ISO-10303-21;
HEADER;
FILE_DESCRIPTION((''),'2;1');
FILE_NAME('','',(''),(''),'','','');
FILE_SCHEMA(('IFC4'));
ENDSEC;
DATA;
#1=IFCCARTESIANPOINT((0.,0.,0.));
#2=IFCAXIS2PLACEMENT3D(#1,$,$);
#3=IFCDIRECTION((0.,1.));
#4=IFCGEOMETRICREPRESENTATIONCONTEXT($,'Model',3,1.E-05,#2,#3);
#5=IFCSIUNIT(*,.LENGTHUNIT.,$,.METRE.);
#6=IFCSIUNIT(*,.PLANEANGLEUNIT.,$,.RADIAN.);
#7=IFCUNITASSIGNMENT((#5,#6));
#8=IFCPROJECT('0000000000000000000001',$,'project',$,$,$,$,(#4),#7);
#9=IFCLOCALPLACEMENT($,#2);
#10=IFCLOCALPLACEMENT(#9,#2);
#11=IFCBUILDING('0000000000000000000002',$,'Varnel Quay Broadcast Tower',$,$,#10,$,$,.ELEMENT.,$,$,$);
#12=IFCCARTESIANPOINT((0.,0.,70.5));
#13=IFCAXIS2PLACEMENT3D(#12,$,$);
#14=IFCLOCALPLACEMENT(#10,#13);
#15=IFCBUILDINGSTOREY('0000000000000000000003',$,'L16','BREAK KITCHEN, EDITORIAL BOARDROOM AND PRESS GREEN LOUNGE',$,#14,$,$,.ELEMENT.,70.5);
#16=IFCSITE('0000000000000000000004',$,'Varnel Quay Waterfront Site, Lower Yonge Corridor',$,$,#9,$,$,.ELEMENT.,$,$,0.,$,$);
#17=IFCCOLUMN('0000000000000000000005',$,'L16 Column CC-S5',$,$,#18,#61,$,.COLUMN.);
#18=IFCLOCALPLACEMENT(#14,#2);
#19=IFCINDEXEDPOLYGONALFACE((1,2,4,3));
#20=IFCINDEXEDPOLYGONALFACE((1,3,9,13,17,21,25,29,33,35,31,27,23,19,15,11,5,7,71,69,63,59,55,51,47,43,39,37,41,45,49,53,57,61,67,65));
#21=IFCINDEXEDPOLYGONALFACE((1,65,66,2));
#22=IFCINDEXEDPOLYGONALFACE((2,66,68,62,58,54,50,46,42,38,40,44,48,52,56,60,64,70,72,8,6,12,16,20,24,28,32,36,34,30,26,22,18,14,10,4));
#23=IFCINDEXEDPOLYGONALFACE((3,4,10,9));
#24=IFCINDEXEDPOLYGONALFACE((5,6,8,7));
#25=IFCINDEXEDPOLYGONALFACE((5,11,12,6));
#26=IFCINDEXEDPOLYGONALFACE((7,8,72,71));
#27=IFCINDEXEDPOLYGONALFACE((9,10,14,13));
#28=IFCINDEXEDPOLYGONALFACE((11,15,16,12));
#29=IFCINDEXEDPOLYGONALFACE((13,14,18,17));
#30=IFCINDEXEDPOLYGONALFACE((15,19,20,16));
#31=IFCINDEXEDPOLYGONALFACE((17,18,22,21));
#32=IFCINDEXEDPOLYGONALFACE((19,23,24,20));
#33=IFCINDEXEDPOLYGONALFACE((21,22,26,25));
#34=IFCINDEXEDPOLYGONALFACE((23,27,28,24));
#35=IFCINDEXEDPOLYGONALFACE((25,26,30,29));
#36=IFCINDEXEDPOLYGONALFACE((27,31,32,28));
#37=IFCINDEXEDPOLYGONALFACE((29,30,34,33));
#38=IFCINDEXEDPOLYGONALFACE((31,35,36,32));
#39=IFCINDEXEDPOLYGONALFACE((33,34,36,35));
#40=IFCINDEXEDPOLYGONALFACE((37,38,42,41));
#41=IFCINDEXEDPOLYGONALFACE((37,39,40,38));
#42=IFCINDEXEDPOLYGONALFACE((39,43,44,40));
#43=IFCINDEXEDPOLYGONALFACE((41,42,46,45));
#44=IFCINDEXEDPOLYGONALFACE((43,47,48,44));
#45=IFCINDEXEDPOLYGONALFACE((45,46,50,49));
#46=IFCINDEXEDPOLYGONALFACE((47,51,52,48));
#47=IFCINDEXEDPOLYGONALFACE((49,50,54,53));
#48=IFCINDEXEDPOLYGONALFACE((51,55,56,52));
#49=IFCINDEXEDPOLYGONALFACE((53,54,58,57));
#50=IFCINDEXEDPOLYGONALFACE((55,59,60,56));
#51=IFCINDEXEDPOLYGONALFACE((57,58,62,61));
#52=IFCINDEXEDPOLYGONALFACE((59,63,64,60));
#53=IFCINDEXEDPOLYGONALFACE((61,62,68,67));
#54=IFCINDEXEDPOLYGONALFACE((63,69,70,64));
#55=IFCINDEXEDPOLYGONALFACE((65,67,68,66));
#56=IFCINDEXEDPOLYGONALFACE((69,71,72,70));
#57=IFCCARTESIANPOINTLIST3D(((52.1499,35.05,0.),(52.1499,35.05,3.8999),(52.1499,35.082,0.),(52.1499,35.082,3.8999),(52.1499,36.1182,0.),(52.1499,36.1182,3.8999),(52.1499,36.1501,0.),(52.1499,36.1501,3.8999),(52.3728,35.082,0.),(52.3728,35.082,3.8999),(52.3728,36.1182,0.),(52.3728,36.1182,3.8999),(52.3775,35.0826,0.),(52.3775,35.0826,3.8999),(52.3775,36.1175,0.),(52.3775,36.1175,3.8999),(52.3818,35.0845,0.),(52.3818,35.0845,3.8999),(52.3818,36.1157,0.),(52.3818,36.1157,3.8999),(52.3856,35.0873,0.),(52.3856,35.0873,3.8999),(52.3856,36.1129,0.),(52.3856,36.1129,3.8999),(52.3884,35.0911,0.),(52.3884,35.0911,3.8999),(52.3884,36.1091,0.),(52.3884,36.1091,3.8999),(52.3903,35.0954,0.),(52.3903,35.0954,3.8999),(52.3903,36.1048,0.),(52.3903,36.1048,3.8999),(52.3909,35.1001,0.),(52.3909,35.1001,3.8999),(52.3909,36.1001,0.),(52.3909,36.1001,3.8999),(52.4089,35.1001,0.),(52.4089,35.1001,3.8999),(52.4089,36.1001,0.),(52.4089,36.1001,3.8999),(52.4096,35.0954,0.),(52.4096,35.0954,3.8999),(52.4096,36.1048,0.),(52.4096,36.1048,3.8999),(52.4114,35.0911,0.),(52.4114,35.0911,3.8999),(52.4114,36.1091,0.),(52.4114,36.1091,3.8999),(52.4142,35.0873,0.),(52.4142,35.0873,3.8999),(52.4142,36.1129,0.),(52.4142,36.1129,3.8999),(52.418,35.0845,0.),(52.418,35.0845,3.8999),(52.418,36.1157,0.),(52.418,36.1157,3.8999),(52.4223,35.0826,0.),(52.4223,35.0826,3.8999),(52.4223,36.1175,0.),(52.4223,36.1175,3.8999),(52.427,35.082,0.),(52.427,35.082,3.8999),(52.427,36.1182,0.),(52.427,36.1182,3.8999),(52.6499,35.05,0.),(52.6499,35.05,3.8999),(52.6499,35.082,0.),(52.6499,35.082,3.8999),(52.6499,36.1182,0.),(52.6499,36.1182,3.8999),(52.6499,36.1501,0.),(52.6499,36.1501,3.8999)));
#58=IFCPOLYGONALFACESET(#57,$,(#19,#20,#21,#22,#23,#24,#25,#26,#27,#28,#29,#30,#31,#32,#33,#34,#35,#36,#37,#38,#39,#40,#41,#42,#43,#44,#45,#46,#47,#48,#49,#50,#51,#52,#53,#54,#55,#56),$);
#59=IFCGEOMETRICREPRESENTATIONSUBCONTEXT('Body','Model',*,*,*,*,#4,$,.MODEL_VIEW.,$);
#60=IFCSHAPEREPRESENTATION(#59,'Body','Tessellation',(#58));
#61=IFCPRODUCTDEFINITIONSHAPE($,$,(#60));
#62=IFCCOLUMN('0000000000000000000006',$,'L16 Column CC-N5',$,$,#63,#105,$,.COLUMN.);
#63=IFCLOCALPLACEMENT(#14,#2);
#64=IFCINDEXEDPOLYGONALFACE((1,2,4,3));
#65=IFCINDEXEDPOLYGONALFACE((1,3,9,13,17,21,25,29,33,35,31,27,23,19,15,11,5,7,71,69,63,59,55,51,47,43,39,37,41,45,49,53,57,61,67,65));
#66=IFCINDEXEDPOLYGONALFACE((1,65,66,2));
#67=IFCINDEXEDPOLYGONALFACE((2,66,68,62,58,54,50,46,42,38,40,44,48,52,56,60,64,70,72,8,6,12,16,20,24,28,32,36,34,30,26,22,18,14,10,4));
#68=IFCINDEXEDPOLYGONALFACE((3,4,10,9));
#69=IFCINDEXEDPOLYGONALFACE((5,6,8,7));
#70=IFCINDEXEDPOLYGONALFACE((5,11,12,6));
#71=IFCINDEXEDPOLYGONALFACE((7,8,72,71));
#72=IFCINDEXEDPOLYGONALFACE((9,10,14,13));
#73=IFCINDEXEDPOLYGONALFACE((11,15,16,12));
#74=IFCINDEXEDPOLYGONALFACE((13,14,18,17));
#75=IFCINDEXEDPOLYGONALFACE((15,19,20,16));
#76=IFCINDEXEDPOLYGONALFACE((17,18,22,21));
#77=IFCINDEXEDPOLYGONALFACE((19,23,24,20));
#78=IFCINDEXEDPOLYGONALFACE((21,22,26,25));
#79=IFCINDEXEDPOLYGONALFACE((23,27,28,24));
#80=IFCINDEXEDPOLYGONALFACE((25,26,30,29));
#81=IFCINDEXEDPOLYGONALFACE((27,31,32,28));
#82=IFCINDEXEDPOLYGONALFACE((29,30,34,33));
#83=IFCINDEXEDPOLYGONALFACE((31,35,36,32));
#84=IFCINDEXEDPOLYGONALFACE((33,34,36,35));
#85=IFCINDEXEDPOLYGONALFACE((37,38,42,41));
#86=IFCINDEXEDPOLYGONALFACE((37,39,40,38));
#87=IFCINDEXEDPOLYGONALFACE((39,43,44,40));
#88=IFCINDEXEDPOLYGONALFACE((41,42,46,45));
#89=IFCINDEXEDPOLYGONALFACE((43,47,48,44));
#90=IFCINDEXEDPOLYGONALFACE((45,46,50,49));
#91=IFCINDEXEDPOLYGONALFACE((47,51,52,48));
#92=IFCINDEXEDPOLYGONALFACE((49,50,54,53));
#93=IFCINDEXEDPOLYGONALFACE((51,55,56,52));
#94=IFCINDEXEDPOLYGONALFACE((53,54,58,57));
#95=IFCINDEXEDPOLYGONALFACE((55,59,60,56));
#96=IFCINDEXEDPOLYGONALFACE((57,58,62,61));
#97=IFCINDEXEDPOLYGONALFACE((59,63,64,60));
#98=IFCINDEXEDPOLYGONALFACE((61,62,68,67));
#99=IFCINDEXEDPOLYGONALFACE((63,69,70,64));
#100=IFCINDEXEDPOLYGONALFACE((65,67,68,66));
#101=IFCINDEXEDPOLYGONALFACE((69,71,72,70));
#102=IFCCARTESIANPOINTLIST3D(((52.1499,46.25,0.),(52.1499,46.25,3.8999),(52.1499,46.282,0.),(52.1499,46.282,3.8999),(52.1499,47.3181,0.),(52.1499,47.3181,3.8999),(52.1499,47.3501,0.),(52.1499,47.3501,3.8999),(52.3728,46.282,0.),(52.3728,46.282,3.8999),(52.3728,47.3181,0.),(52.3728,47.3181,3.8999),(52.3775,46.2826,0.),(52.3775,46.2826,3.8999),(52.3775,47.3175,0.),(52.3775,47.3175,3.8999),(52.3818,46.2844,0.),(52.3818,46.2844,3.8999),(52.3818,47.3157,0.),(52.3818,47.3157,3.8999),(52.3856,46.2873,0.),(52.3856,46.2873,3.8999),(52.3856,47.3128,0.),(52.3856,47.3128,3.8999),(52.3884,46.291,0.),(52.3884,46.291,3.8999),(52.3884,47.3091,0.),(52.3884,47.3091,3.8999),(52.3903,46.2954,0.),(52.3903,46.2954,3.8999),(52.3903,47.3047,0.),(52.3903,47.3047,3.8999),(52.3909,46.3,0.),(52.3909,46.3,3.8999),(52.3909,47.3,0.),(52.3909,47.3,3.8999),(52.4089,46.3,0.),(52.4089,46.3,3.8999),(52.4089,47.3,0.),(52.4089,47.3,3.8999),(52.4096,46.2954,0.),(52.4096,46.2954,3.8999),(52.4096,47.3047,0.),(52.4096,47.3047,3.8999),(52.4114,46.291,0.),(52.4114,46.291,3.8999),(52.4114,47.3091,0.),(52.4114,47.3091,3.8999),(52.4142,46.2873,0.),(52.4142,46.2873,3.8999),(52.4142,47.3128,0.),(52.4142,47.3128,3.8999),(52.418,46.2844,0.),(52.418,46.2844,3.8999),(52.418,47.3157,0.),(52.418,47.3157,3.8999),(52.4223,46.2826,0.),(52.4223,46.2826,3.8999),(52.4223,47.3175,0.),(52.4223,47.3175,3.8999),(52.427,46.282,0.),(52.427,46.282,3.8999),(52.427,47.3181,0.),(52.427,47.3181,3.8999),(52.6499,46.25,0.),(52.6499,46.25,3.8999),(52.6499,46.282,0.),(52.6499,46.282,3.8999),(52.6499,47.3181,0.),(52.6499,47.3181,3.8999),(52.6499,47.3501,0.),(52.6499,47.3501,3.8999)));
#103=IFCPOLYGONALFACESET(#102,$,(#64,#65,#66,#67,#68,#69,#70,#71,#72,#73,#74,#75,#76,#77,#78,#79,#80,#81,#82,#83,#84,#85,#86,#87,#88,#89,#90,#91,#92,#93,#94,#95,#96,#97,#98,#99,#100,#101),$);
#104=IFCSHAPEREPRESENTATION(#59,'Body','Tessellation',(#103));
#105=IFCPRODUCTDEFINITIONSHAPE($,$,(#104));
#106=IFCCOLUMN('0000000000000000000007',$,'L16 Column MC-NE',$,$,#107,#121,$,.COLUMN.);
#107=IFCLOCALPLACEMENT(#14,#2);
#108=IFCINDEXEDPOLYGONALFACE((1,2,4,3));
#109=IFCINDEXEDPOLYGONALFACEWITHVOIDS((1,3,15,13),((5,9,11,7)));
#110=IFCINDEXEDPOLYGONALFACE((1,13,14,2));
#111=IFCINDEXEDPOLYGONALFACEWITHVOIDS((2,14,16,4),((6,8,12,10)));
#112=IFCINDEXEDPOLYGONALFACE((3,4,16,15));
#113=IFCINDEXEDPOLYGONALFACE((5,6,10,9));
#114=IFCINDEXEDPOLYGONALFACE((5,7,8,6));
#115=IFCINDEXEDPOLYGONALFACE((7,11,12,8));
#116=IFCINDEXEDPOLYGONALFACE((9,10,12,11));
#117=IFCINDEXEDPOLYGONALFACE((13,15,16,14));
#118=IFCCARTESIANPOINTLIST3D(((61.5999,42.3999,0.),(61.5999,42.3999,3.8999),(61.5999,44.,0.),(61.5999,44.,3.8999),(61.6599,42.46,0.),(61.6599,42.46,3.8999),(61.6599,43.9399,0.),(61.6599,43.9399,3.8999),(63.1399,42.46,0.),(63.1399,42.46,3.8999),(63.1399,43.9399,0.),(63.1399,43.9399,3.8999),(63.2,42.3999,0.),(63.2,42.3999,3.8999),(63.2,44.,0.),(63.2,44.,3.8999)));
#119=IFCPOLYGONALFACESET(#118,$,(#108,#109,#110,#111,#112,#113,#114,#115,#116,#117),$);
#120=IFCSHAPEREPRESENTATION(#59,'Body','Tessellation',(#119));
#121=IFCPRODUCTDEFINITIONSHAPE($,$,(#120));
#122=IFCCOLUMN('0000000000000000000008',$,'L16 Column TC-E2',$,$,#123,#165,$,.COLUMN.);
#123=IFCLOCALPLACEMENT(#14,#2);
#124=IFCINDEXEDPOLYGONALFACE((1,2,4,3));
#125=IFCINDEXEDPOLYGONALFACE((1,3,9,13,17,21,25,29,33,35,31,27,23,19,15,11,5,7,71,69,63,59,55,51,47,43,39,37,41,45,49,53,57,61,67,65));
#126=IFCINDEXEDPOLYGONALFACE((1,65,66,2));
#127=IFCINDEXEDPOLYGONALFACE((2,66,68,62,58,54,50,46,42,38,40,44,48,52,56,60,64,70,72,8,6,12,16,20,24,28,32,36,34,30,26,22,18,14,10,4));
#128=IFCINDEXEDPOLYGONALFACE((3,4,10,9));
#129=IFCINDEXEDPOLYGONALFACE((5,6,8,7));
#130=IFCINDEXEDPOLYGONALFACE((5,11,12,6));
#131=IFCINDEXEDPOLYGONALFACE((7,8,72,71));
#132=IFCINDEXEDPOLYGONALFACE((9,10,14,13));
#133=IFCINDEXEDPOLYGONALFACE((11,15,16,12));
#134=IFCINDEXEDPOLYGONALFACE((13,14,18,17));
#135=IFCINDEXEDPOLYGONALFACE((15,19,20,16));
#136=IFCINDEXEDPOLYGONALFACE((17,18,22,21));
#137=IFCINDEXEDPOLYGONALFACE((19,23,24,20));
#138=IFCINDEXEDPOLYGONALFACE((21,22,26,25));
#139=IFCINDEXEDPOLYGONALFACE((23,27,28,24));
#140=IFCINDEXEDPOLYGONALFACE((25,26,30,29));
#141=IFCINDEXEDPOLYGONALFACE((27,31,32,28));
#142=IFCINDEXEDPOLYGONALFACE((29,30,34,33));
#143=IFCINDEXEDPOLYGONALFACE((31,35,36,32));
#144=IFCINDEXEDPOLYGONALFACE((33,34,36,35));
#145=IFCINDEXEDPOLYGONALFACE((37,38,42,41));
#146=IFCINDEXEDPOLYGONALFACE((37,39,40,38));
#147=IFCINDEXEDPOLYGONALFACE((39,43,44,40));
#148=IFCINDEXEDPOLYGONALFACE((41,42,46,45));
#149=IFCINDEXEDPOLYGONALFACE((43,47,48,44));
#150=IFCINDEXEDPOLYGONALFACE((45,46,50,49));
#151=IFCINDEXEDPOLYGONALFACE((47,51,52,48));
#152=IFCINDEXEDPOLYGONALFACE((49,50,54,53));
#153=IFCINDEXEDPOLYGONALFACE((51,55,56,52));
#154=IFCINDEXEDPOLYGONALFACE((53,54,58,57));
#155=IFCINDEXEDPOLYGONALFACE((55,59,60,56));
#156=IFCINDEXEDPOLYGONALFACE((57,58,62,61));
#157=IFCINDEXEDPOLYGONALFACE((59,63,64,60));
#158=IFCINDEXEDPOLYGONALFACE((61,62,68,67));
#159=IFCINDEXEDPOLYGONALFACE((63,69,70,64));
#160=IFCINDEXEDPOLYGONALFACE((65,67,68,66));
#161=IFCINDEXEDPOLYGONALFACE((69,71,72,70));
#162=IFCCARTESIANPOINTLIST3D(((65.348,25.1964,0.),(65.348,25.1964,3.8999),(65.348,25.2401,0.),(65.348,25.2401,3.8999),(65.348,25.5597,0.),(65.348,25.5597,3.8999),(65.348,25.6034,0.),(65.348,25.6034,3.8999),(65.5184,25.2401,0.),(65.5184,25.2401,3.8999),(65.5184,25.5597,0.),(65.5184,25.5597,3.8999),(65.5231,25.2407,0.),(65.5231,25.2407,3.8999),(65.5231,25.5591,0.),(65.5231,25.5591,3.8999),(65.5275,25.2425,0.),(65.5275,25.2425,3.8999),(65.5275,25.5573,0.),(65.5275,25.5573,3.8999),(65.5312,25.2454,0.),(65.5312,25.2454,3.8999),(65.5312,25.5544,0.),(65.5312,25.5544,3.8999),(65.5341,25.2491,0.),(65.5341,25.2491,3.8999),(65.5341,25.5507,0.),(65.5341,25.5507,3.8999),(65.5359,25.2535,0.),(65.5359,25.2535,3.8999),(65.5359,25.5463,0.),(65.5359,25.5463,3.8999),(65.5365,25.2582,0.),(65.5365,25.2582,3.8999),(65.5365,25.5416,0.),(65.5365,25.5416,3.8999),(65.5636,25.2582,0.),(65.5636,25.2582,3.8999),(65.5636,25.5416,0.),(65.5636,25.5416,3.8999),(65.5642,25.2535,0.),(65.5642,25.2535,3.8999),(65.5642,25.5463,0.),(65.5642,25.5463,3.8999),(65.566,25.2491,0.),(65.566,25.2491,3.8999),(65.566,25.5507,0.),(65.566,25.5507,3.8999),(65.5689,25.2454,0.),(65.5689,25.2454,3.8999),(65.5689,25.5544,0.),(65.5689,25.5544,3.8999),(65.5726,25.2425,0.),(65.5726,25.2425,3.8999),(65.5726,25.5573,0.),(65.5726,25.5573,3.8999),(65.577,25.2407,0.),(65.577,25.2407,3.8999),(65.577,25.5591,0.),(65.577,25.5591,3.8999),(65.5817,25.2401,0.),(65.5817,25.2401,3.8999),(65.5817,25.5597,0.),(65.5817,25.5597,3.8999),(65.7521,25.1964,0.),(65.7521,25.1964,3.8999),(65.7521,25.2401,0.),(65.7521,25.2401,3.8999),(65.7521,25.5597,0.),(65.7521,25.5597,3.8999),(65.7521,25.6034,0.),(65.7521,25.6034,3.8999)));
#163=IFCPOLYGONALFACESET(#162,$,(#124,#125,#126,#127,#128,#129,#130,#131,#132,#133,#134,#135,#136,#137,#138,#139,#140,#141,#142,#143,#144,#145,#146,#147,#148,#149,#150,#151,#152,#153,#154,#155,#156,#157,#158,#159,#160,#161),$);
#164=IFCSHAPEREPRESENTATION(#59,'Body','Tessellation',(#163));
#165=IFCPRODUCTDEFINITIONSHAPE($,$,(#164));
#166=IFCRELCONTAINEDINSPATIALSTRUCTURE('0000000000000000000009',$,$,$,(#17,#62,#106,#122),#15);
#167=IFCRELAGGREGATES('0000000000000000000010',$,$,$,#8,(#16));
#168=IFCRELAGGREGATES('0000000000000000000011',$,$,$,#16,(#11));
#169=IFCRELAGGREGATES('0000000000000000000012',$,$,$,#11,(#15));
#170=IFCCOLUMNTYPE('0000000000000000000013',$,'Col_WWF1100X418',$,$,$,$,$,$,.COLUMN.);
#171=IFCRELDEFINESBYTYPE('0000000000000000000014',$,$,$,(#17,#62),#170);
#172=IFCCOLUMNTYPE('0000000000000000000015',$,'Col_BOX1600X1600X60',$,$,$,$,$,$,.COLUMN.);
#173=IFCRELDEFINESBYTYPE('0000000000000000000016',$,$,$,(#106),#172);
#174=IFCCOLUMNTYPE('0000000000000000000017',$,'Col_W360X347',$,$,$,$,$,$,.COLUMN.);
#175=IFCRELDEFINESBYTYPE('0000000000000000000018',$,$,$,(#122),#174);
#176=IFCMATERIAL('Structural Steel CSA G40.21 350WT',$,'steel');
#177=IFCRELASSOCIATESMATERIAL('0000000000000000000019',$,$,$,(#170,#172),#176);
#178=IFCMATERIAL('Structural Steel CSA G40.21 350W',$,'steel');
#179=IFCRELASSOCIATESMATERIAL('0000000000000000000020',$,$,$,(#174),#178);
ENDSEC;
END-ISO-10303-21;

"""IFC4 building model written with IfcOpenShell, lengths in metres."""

from ifc_helpers import new_model, si_unit, direction, frame, origin, origin_2d, place, context, subcontext, project, spatial, hollow_rectangle, i_section, extrude, source, transform, mapped, material, material_profile, profile_set, type_object, type_shapes, element, save


model = new_model("IFC4")

# Units and contexts
model_context = context("Model", 3, precision=1e-05, world=origin(), true_north=direction((0.0, 1.0)))
body_context = subcontext(model_context, "Body", "Model", "MODEL_VIEW")
ifc_project = project(units=[si_unit("LENGTHUNIT", "METRE"), si_unit("PLANEANGLEUNIT", "RADIAN")], contexts=[model_context])

# Site, building, storey
site_placement = place(None, origin())
site = spatial("IfcSite", under=ifc_project, at=site_placement, Name="Varnel Quay Waterfront Site, Lower Yonge Corridor", CompositionType="ELEMENT", RefElevation=0.0)
building_placement = place(site_placement, origin())
building = spatial("IfcBuilding", under=site, at=building_placement, Name="Varnel Quay Broadcast Tower", CompositionType="ELEMENT")
storey_placement = place(building_placement, frame((0.0, 0.0, 70.5)))
storey = spatial("IfcBuildingStorey", under=building, at=storey_placement, Name="L16", Description="BREAK KITCHEN, EDITORIAL BOARDROOM AND PRESS GREEN LOUNGE", CompositionType="ELEMENT", Elevation=70.5)

# Columns
ifc_material_1 = material(Name="Structural Steel CSA G40.21 350WT", Category="steel")
ifc_material_profile_1 = material_profile(ifc_material_1, i_section(OverallWidth=0.5, OverallDepth=1.1001, WebThickness=0.0181, FlangeThickness=0.032, FilletRadius=0.0181, at=origin_2d()), Name="WWF1100X418")
ifc_profile_set_1 = profile_set([ifc_material_profile_1], Name="Structural Steel CSA G40.21 350WT")
column_type_1 = type_object("IfcColumnType", Name="Col_WWF1100X418", PredefinedType="COLUMN", material=ifc_profile_set_1)
shared_shape_1 = source(origin(), body_context, "Body", "SweptSolid", [
    extrude(i_section(OverallWidth=0.5, OverallDepth=1.1001, WebThickness=0.0181, FlangeThickness=0.032, FilletRadius=0.0181, at=origin_2d()), origin(), (0.0, 0.0, 1.0), 3.8999),
])
type_shapes(column_type_1, [shared_shape_1])
for number, where, z_axis, x_axis, name in (
    (1, (52.3999, 35.6001, 0.0), (0.0, 0.0, 1.0), (1.0, 0.0, 0.0), "L16 Column CC-S5"),
    (2, (52.3999, 46.8, 0.0), (0.0, 0.0, 1.0), (1.0, 0.0, 0.0), "L16 Column CC-N5"),
):
    element("IfcColumn", number, at=place(storey_placement, frame(where, z_axis=z_axis, x_axis=x_axis)), inside=storey, type_object=column_type_1, Name=name, PredefinedType="COLUMN", context=body_context, shape_type="MappedRepresentation", body=[
        mapped(shared_shape_1, transform((0.0, 0.0, 0.0), x_axis=(1.0, 0.0, 0.0), y_axis=(0.0, 1.0, 0.0), z_axis=(0.0, 0.0, 1.0), scale=1.0)),
    ])
ifc_material_profile_2 = material_profile(ifc_material_1, hollow_rectangle(XDim=1.6001, YDim=1.6001, WallThickness=0.0601, at=origin_2d()), Name="BOX1600X1600X60")
ifc_profile_set_2 = profile_set([ifc_material_profile_2], Name="Structural Steel CSA G40.21 350WT")
column_type_2 = type_object("IfcColumnType", Name="Col_BOX1600X1600X60", PredefinedType="COLUMN", material=ifc_profile_set_2)
shared_shape_2 = source(origin(), body_context, "Body", "SweptSolid", [
    extrude(hollow_rectangle(XDim=1.6001, YDim=1.6001, WallThickness=0.0601, at=origin_2d()), origin(), (0.0, 0.0, 1.0), 3.8999),
])
type_shapes(column_type_2, [shared_shape_2])
column_placement = place(storey_placement, frame((62.3999, 43.2, 0.0), z_axis=(0.0, 0.0, 1.0), x_axis=(1.0, 0.0, 0.0)))
element("IfcColumn", 3, at=column_placement, inside=storey, type_object=column_type_2, Name="L16 Column MC-NE", PredefinedType="COLUMN", context=body_context, shape_type="MappedRepresentation", body=[
    mapped(shared_shape_2, transform((0.0, 0.0, 0.0), x_axis=(1.0, 0.0, 0.0), y_axis=(0.0, 1.0, 0.0), z_axis=(0.0, 0.0, 1.0), scale=1.0)),
])
ifc_material_2 = material(Name="Structural Steel CSA G40.21 350W", Category="steel")
ifc_material_profile_3 = material_profile(ifc_material_2, i_section(OverallWidth=0.4041, OverallDepth=0.407, WebThickness=0.0271, FlangeThickness=0.0437, FilletRadius=0.0181, at=origin_2d()), Name="W360X347")
ifc_profile_set_3 = profile_set([ifc_material_profile_3], Name="Structural Steel CSA G40.21 350W")
column_type_3 = type_object("IfcColumnType", Name="Col_W360X347", PredefinedType="COLUMN", material=ifc_profile_set_3)
shared_shape_3 = source(origin(), body_context, "Body", "SweptSolid", [
    extrude(i_section(OverallWidth=0.4041, OverallDepth=0.407, WebThickness=0.0271, FlangeThickness=0.0437, FilletRadius=0.0181, at=origin_2d()), origin(), (0.0, 0.0, 1.0), 3.8999),
])
type_shapes(column_type_3, [shared_shape_3])
for number, where, z_axis, x_axis, name in (
    (4, (65.55, 25.3999, 0.0), (0.0, 0.0, 1.0), (1.0, 0.0, 0.0), "L16 Column TC-E2"),
):
    element("IfcColumn", number, at=place(storey_placement, frame(where, z_axis=z_axis, x_axis=x_axis)), inside=storey, type_object=column_type_3, Name=name, PredefinedType="COLUMN", context=body_context, shape_type="MappedRepresentation", body=[
        mapped(shared_shape_3, transform((0.0, 0.0, 0.0), x_axis=(1.0, 0.0, 0.0), y_axis=(0.0, 1.0, 0.0), z_axis=(0.0, 0.0, 1.0), scale=1.0)),
    ])

save(model, "model.ifc")
